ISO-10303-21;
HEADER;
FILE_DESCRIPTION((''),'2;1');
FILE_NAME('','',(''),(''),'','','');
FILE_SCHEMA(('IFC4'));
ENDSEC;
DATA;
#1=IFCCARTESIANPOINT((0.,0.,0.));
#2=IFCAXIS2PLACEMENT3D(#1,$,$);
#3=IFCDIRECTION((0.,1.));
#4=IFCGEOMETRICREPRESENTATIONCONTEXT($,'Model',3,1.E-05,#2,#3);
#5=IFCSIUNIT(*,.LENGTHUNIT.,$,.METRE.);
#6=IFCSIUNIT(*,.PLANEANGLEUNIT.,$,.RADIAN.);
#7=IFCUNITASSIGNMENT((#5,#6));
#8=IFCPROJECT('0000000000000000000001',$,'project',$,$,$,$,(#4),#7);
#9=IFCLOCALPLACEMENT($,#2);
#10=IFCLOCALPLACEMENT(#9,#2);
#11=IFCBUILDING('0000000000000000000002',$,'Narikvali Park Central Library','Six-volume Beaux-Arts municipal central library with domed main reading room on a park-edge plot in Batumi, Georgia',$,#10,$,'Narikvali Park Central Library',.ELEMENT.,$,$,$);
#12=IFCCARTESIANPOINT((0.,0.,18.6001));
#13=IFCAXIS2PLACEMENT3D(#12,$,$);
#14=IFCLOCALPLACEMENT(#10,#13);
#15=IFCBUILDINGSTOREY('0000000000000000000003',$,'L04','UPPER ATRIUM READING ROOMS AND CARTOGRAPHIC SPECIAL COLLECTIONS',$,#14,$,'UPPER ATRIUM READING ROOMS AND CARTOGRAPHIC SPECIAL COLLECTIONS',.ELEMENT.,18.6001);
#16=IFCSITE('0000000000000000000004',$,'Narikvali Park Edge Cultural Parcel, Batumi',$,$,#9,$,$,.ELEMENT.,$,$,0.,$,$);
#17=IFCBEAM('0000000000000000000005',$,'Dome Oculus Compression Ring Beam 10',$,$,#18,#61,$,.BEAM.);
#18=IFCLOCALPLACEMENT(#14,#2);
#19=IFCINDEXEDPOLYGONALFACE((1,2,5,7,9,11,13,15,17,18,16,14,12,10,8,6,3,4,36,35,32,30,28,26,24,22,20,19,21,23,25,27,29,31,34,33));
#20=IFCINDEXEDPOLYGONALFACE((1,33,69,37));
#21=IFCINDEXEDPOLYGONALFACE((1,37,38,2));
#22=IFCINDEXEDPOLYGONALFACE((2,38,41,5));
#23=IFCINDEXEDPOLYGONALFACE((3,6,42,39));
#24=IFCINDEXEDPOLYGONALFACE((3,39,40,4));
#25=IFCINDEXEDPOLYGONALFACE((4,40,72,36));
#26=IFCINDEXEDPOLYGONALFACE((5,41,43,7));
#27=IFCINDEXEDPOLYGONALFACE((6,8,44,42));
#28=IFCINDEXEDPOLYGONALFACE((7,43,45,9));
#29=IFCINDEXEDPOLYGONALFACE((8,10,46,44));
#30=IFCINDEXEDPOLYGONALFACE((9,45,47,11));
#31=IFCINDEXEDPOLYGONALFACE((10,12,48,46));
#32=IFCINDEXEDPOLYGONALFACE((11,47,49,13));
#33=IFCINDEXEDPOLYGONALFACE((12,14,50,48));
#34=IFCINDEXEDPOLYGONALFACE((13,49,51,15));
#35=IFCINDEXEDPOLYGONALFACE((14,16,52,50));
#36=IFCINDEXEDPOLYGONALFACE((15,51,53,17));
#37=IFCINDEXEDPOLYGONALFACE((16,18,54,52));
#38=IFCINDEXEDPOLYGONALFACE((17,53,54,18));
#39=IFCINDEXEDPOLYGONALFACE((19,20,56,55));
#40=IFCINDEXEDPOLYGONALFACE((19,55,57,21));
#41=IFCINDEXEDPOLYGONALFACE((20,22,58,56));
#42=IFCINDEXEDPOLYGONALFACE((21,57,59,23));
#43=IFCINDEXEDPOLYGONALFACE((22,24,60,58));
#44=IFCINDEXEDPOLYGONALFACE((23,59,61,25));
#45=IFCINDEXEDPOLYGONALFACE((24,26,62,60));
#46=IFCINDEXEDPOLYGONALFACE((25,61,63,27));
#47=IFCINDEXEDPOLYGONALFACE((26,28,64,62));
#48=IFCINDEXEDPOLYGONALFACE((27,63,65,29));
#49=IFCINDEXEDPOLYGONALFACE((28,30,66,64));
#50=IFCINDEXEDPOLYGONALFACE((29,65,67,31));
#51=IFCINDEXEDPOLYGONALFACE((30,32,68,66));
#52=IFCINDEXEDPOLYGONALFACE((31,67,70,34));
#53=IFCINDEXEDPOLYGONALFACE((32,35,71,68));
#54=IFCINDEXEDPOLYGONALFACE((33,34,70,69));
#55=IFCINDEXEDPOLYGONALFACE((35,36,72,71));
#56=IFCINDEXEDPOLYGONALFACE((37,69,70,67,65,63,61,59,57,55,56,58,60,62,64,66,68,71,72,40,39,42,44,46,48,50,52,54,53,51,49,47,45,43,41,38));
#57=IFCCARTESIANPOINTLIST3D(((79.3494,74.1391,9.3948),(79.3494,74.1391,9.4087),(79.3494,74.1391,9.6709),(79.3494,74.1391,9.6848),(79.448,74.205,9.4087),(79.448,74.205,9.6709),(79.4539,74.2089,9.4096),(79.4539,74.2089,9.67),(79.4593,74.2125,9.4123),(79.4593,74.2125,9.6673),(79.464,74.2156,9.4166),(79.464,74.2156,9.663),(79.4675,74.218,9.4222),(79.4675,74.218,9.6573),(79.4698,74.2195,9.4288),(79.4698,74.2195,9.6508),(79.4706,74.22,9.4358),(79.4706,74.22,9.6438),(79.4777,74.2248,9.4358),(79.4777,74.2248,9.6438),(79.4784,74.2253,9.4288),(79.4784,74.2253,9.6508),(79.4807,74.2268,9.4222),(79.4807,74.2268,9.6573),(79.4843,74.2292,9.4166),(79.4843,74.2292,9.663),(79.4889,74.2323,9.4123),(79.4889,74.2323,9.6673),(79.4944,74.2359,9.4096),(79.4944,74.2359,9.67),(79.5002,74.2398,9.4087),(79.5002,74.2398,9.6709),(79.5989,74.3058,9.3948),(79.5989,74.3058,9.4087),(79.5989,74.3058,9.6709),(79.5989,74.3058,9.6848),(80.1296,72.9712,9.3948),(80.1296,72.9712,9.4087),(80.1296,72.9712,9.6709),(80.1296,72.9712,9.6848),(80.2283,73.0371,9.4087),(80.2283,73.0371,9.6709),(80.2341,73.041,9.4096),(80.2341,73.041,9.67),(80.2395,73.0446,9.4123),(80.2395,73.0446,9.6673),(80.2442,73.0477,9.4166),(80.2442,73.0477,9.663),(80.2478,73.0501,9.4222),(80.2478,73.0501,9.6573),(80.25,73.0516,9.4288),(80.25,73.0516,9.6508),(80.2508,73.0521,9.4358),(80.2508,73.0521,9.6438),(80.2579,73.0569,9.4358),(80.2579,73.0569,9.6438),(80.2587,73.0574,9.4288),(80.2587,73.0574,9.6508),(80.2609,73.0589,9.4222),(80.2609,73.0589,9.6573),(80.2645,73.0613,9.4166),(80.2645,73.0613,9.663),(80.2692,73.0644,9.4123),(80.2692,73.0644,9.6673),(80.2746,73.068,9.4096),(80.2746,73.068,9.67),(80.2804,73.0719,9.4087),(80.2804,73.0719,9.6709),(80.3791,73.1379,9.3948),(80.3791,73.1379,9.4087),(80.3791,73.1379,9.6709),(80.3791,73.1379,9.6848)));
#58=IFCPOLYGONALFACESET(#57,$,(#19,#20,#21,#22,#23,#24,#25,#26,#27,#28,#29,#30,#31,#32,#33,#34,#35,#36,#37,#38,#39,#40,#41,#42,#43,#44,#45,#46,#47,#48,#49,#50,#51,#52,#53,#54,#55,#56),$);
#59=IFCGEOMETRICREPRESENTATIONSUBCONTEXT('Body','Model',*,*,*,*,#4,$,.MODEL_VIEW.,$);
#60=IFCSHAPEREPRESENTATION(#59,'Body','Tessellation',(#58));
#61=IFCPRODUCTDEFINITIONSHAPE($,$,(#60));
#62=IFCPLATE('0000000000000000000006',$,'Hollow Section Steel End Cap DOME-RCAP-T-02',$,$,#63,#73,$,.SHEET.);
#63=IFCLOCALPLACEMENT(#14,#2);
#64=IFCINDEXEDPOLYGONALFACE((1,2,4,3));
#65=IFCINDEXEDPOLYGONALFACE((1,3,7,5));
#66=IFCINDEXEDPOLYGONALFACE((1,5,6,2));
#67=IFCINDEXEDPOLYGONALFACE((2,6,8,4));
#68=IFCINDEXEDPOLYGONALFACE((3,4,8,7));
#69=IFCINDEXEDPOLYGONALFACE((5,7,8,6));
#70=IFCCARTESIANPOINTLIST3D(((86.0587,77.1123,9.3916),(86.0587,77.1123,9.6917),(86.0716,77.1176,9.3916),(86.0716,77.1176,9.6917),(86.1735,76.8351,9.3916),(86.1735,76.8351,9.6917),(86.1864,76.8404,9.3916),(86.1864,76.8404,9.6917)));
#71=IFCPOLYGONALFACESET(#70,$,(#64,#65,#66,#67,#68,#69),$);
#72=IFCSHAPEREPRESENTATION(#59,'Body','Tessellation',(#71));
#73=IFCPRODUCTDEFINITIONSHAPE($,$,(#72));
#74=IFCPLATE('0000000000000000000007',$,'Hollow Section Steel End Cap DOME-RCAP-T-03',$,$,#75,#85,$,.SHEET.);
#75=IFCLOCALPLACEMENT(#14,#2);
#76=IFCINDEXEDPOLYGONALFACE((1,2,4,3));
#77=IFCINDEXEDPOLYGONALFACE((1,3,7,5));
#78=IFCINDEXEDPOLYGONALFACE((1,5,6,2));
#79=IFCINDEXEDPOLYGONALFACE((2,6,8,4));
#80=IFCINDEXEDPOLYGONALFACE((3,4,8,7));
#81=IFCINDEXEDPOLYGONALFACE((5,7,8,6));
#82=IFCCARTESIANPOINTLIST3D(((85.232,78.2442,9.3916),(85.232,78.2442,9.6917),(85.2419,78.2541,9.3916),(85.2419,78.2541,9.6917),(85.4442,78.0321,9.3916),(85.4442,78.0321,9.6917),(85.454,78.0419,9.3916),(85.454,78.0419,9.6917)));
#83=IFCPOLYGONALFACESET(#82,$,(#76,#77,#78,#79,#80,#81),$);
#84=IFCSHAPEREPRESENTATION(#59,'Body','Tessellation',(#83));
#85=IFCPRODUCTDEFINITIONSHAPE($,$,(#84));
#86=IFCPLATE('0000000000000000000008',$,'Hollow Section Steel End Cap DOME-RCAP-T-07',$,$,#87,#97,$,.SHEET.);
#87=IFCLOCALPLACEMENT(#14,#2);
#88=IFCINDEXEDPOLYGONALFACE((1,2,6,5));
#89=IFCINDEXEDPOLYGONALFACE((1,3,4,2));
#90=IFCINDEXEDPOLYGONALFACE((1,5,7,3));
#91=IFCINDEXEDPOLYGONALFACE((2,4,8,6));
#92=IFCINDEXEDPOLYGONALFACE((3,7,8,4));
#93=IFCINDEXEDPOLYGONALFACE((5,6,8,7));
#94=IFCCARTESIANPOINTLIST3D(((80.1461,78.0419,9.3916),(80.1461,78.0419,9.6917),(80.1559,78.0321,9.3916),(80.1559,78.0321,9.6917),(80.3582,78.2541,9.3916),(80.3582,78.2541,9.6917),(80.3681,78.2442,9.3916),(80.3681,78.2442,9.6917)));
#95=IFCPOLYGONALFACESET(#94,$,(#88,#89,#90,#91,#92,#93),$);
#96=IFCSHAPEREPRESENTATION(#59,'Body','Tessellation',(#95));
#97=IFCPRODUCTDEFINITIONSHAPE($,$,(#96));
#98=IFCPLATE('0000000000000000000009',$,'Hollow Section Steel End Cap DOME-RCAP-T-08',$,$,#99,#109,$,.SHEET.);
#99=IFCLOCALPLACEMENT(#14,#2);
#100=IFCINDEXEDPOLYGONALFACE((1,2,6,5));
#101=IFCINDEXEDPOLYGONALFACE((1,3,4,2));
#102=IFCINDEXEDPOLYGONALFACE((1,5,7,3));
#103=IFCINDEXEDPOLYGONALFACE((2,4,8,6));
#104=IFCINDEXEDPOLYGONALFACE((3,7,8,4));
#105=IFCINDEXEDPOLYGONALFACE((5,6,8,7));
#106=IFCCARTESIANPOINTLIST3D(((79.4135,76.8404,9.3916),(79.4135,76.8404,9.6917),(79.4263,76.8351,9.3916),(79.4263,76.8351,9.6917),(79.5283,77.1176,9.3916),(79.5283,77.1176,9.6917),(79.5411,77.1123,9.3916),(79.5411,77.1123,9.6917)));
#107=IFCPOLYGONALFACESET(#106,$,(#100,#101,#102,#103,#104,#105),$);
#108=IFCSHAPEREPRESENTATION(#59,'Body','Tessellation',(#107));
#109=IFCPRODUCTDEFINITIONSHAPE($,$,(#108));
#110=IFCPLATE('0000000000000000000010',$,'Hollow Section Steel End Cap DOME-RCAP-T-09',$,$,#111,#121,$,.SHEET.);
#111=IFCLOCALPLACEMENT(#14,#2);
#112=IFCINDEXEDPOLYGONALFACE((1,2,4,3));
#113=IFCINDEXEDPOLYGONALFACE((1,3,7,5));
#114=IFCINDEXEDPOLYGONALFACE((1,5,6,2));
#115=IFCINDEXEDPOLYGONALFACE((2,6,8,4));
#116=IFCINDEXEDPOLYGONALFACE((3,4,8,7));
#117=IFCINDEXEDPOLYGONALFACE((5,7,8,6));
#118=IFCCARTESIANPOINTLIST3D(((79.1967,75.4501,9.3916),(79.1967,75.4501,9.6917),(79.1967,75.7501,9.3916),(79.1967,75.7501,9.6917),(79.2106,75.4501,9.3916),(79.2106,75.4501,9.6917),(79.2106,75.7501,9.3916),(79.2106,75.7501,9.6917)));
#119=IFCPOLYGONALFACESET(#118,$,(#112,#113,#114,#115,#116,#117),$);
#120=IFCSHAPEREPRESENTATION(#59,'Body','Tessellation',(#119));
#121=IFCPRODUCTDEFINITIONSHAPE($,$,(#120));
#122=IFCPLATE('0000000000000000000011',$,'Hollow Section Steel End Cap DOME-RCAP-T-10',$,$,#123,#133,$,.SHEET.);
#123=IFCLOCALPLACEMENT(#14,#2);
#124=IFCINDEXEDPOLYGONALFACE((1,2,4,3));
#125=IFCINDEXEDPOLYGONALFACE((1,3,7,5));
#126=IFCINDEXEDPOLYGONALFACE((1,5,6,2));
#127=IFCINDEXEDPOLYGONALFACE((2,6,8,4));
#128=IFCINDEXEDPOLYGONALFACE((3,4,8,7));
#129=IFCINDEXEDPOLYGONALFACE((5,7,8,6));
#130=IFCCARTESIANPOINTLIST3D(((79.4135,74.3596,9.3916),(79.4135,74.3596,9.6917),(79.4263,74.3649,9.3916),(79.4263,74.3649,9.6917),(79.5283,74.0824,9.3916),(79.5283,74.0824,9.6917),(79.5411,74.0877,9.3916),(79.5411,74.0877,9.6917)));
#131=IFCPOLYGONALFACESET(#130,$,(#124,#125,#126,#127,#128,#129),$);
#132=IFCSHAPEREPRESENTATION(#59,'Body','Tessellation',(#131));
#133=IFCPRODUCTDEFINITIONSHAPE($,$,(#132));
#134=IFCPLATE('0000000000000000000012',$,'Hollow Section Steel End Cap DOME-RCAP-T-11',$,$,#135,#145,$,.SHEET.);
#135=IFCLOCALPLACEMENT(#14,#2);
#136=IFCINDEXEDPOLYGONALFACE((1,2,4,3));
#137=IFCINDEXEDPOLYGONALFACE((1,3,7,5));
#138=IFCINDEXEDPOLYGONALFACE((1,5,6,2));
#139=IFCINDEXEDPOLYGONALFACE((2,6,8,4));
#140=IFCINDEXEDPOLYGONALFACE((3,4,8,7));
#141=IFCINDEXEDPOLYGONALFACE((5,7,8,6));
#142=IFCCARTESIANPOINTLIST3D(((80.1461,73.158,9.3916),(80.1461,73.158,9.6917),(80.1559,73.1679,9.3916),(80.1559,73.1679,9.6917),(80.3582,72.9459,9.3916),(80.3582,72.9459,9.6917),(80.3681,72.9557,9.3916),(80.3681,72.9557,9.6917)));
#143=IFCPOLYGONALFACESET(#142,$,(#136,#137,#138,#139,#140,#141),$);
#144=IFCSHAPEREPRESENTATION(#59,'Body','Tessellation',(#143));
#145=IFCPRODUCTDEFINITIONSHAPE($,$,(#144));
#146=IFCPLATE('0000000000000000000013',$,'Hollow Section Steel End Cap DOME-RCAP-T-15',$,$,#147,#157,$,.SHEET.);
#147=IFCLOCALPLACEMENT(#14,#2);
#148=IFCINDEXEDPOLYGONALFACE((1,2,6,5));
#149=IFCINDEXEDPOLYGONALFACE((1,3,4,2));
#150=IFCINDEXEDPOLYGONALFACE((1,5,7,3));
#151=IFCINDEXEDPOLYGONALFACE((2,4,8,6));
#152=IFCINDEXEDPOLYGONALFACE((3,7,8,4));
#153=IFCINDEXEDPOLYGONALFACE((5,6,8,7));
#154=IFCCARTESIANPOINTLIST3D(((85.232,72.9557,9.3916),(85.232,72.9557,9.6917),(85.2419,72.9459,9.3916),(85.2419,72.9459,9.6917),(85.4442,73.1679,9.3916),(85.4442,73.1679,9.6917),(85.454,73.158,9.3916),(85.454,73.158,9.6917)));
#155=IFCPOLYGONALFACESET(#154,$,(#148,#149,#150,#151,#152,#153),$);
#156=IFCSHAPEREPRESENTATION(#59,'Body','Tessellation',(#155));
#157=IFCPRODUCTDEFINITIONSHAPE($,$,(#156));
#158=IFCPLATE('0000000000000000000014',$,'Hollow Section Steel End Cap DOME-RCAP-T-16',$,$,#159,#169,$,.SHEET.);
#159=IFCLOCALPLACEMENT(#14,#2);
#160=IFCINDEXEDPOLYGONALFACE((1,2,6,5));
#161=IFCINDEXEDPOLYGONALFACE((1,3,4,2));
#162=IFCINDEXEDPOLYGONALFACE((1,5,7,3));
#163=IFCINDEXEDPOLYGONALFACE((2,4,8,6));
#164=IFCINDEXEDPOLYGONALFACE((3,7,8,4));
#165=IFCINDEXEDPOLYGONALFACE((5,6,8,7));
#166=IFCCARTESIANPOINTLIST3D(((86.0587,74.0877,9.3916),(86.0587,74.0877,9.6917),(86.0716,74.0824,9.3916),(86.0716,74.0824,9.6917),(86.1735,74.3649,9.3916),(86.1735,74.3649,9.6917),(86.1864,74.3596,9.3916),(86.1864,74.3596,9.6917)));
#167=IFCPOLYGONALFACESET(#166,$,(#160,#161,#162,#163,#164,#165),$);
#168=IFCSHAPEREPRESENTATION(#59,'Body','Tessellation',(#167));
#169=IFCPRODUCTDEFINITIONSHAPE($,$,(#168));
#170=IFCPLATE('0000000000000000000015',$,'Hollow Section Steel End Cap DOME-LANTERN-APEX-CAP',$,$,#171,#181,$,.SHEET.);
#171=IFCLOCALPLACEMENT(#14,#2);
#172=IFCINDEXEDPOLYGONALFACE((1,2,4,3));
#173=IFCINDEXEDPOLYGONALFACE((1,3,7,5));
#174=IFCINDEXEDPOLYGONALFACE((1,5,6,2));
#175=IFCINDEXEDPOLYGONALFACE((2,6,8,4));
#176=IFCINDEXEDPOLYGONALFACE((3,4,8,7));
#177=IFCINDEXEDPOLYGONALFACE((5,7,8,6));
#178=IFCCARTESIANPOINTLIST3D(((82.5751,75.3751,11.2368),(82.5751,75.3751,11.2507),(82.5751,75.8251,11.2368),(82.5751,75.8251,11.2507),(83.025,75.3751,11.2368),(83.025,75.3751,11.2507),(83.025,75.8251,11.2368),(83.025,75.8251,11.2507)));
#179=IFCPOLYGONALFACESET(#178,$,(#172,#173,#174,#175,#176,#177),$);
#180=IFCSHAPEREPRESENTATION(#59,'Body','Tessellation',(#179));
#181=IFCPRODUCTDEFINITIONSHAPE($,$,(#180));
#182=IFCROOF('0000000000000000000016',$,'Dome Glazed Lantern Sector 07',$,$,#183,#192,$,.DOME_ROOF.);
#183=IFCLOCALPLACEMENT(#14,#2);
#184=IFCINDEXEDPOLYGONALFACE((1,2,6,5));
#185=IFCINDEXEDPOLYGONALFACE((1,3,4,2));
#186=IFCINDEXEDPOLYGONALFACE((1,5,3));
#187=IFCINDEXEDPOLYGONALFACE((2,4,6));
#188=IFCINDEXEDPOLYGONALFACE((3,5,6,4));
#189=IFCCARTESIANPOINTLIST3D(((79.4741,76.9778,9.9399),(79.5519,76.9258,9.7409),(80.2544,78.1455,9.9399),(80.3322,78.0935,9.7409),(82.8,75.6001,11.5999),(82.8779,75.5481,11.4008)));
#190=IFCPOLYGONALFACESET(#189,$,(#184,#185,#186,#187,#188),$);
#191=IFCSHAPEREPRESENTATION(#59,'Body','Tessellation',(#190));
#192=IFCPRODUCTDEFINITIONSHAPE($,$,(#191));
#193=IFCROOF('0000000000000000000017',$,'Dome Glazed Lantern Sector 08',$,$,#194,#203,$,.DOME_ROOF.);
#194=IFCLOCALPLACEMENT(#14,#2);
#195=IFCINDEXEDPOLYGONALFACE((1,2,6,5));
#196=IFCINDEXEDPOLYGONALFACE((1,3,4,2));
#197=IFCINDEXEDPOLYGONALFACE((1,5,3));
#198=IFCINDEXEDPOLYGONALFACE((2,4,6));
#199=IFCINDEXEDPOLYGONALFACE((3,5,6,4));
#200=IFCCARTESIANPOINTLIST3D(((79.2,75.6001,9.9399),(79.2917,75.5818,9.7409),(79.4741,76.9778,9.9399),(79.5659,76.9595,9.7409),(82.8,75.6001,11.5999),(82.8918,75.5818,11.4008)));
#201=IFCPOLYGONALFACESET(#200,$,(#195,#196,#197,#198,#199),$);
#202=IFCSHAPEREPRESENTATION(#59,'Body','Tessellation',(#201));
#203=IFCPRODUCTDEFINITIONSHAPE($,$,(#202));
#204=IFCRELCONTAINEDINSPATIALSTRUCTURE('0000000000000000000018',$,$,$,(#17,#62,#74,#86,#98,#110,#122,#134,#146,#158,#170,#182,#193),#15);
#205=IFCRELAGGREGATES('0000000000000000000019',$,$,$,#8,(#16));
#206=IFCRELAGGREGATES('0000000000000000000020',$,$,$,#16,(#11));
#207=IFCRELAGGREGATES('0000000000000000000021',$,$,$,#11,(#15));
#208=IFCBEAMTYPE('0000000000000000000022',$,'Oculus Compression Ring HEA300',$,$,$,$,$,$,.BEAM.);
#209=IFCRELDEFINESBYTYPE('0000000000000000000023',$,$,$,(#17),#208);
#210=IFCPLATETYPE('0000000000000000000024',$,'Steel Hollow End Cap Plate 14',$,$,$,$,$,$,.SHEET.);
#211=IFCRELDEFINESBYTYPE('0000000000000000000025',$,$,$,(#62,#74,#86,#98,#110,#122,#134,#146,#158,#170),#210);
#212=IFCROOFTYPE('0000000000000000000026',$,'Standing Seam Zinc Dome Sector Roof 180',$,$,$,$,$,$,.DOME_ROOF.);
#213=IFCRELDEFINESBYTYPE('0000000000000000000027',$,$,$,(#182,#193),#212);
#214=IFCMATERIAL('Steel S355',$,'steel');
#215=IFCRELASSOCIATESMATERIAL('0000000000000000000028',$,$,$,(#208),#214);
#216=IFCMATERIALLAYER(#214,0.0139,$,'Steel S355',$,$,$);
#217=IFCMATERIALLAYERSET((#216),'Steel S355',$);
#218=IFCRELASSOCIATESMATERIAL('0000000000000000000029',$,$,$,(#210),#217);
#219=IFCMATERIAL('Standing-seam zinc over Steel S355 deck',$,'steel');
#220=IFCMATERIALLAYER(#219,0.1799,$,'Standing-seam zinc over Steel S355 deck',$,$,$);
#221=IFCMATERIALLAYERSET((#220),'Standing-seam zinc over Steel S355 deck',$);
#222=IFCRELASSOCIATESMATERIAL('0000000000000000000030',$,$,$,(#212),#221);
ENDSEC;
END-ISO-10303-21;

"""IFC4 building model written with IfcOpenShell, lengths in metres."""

from ifc_helpers import new_model, si_unit, direction, frame, origin, origin_2d, place, context, subcontext, project, spatial, polyline, rectangle, i_section, outline, extrude, material, layer, layer_set, material_profile, profile_set, type_object, element, save


model = new_model("IFC4")

# Units and contexts
model_context = context("Model", 3, precision=1e-05, world=origin(), true_north=direction((0.0, 1.0)))
body_context = subcontext(model_context, "Body", "Model", "MODEL_VIEW")
ifc_project = project(units=[si_unit("LENGTHUNIT", "METRE"), si_unit("PLANEANGLEUNIT", "RADIAN")], contexts=[model_context])

# Site, building, storey
site_placement = place(None, origin())
site = spatial("IfcSite", under=ifc_project, at=site_placement, Name="Narikvali Park Edge Cultural Parcel, Batumi", CompositionType="ELEMENT", RefElevation=0.0)
building_placement = place(site_placement, origin())
building = spatial("IfcBuilding", under=site, at=building_placement, Name="Narikvali Park Central Library", Description="Six-volume Beaux-Arts municipal central library with domed main reading room on a park-edge plot in Batumi, Georgia", LongName="Narikvali Park Central Library", CompositionType="ELEMENT")
storey_placement = place(building_placement, frame((0.0, 0.0, 18.6001)))
storey = spatial("IfcBuildingStorey", under=building, at=storey_placement, Name="L04", Description="UPPER ATRIUM READING ROOMS AND CARTOGRAPHIC SPECIAL COLLECTIONS", LongName="UPPER ATRIUM READING ROOMS AND CARTOGRAPHIC SPECIAL COLLECTIONS", CompositionType="ELEMENT", Elevation=18.6001)

# Shared definitions
ifc_material_1 = material(Name="Steel S355", Category="steel")

# Beam
ifc_material_profile_1 = material_profile(ifc_material_1, i_section(OverallWidth=0.3, OverallDepth=0.29, WebThickness=0.0085, FlangeThickness=0.0139, FilletRadius=0.0271, at=origin_2d()), Name="HEA 300")
ifc_profile_set_1 = profile_set([ifc_material_profile_1], Name="Steel S355")
beam_type = type_object("IfcBeamType", Name="Oculus Compression Ring HEA300", PredefinedType="BEAM", material=ifc_profile_set_1)
beam_1_placement = place(storey_placement, frame((79.4741, 74.2224, 9.5398), z_axis=(0.555502, -0.831515, 0.0), x_axis=(0.831515, 0.555502, 0.0)))
element("IfcBeam", 1, at=beam_1_placement, inside=storey, type_object=beam_type, Name="Dome Oculus Compression Ring Beam 10", PredefinedType="BEAM", context=body_context, shape_type="SweptSolid", body=[
    extrude(i_section(OverallWidth=0.3, OverallDepth=0.29, WebThickness=0.0085, FlangeThickness=0.0139, FilletRadius=0.0271, at=origin_2d()), origin(), (0.0, 0.0, 1.0), 1.4045),
])

# Plates
ifc_layer_1 = layer(ifc_material_1, 0.0139, Name="Steel S355")
ifc_layer_set_1 = layer_set([ifc_layer_1], Name="Steel S355")
plate_type = type_object("IfcPlateType", Name="Steel Hollow End Cap Plate 14", PredefinedType="SHEET", material=ifc_layer_set_1)
plate_1_placement = place(storey_placement, frame((86.1226, 76.9763, 9.3916), z_axis=(0.0, 0.0, 1.0), x_axis=(-0.92388, -0.382683, 0.0)))
element("IfcPlate", 2, at=plate_1_placement, inside=storey, type_object=plate_type, Name="Hollow Section Steel End Cap DOME-RCAP-T-02", PredefinedType="SHEET", context=body_context, shape_type="SweptSolid", body=[
    extrude(rectangle(XDim=0.0139, YDim=0.3, at=origin_2d()), origin(), (0.0, 0.0, 1.0), 0.3),
])
for number, where, z_axis, x_axis, name in (
    (3, (85.343, 78.1431, 9.3916), (0.0, 0.0, 1.0), (-0.707107, 0.707107, 0.0), "Hollow Section Steel End Cap DOME-RCAP-T-03"),
    (4, (80.2571, 78.1431, 9.3916), (0.0, 0.0, 1.0), (-0.707107, -0.707107, 0.0), "Hollow Section Steel End Cap DOME-RCAP-T-07"),
):
    element("IfcPlate", number, at=place(storey_placement, frame(where, z_axis=z_axis, x_axis=x_axis)), inside=storey, type_object=plate_type, Name=name, PredefinedType="SHEET", context=body_context, shape_type="SweptSolid", body=[
        extrude(rectangle(XDim=0.3, YDim=0.0139, at=origin_2d()), origin(), (0.0, 0.0, 1.0), 0.3),
    ])
for number, where, z_axis, x_axis, name in (
    (5, (79.4773, 76.9763, 9.3916), (0.0, 0.0, 1.0), (0.92388, -0.382683, 0.0), "Hollow Section Steel End Cap DOME-RCAP-T-08"),
    (6, (79.2036, 75.6001, 9.3916), (0.0, 0.0, 1.0), (1.0, 0.0, 0.0), "Hollow Section Steel End Cap DOME-RCAP-T-09"),
    (7, (79.4773, 74.2236, 9.3916), (0.0, 0.0, 1.0), (0.92388, 0.382683, 0.0), "Hollow Section Steel End Cap DOME-RCAP-T-10"),
):
    element("IfcPlate", number, at=place(storey_placement, frame(where, z_axis=z_axis, x_axis=x_axis)), inside=storey, type_object=plate_type, Name=name, PredefinedType="SHEET", context=body_context, shape_type="SweptSolid", body=[
        extrude(rectangle(XDim=0.0139, YDim=0.3, at=origin_2d()), origin(), (0.0, 0.0, 1.0), 0.3),
    ])
for number, where, z_axis, x_axis, name in (
    (8, (80.2571, 73.0569, 9.3916), (0.0, 0.0, 1.0), (0.707107, -0.707107, 0.0), "Hollow Section Steel End Cap DOME-RCAP-T-11"),
    (9, (85.343, 73.0569, 9.3916), (0.0, 0.0, 1.0), (0.707107, 0.707107, 0.0), "Hollow Section Steel End Cap DOME-RCAP-T-15"),
):
    element("IfcPlate", number, at=place(storey_placement, frame(where, z_axis=z_axis, x_axis=x_axis)), inside=storey, type_object=plate_type, Name=name, PredefinedType="SHEET", context=body_context, shape_type="SweptSolid", body=[
        extrude(rectangle(XDim=0.3, YDim=0.0139, at=origin_2d()), origin(), (0.0, 0.0, 1.0), 0.3),
    ])
plate_2_placement = place(storey_placement, frame((86.1226, 74.2236, 9.3916), z_axis=(0.0, 0.0, 1.0), x_axis=(-0.92388, 0.382683, 0.0)))
element("IfcPlate", 10, at=plate_2_placement, inside=storey, type_object=plate_type, Name="Hollow Section Steel End Cap DOME-RCAP-T-16", PredefinedType="SHEET", context=body_context, shape_type="SweptSolid", body=[
    extrude(rectangle(XDim=0.0139, YDim=0.3, at=origin_2d()), origin(), (0.0, 0.0, 1.0), 0.3),
])
plate_3_placement = place(storey_placement, frame((82.8, 75.6001, 11.2368), z_axis=(0.0, 0.0, 1.0), x_axis=(1.0, 0.0, 0.0)))
element("IfcPlate", 11, at=plate_3_placement, inside=storey, type_object=plate_type, Name="Hollow Section Steel End Cap DOME-LANTERN-APEX-CAP", PredefinedType="SHEET", context=body_context, shape_type="SweptSolid", body=[
    extrude(rectangle(XDim=0.45, YDim=0.45, at=origin_2d()), origin(), (0.0, 0.0, 1.0), 0.0139),
])

# Roofs
ifc_material_2 = material(Name="Standing-seam zinc over Steel S355 deck", Category="steel")
ifc_layer_2 = layer(ifc_material_2, 0.1799, Name="Standing-seam zinc over Steel S355 deck")
ifc_layer_set_2 = layer_set([ifc_layer_2], Name="Standing-seam zinc over Steel S355 deck")
roof_type = type_object("IfcRoofType", Name="Standing Seam Zinc Dome Sector Roof 180", PredefinedType="DOME_ROOF", material=ifc_layer_set_2)
roof_1_placement = place(storey_placement, frame((80.2544, 78.1455, 9.9399), z_axis=(-0.353748, 0.236374, 0.904981), x_axis=(-0.555582, -0.831461, 0.0)))
element("IfcRoof", 12, at=roof_1_placement, inside=storey, type_object=roof_type, Name="Dome Glazed Lantern Sector 07", PredefinedType="DOME_ROOF", context=body_context, shape_type="SweptSolid", body=[
    extrude(outline(polyline([(0.0, 0.0), (1.4044, 0.0), (0.7021, 3.9015), (0.0, 0.0)])), origin(), (0.0, 0.0, -1.0), 0.22),
])
roof_2_placement = place(storey_placement, frame((79.4741, 76.9778, 9.9399), z_axis=(-0.417264, 0.083039, 0.904983), x_axis=(-0.19518, -0.980767, 0.0)))
element("IfcRoof", 13, at=roof_2_placement, inside=storey, type_object=roof_type, Name="Dome Glazed Lantern Sector 08", PredefinedType="DOME_ROOF", context=body_context, shape_type="SweptSolid", body=[
    extrude(outline(polyline([(0.0, 0.0), (1.4047, 0.0), (0.702, 3.9016), (0.0, 0.0)])), origin(), (0.0, 0.0, -1.0), 0.22),
])

save(model, "model.ifc")
